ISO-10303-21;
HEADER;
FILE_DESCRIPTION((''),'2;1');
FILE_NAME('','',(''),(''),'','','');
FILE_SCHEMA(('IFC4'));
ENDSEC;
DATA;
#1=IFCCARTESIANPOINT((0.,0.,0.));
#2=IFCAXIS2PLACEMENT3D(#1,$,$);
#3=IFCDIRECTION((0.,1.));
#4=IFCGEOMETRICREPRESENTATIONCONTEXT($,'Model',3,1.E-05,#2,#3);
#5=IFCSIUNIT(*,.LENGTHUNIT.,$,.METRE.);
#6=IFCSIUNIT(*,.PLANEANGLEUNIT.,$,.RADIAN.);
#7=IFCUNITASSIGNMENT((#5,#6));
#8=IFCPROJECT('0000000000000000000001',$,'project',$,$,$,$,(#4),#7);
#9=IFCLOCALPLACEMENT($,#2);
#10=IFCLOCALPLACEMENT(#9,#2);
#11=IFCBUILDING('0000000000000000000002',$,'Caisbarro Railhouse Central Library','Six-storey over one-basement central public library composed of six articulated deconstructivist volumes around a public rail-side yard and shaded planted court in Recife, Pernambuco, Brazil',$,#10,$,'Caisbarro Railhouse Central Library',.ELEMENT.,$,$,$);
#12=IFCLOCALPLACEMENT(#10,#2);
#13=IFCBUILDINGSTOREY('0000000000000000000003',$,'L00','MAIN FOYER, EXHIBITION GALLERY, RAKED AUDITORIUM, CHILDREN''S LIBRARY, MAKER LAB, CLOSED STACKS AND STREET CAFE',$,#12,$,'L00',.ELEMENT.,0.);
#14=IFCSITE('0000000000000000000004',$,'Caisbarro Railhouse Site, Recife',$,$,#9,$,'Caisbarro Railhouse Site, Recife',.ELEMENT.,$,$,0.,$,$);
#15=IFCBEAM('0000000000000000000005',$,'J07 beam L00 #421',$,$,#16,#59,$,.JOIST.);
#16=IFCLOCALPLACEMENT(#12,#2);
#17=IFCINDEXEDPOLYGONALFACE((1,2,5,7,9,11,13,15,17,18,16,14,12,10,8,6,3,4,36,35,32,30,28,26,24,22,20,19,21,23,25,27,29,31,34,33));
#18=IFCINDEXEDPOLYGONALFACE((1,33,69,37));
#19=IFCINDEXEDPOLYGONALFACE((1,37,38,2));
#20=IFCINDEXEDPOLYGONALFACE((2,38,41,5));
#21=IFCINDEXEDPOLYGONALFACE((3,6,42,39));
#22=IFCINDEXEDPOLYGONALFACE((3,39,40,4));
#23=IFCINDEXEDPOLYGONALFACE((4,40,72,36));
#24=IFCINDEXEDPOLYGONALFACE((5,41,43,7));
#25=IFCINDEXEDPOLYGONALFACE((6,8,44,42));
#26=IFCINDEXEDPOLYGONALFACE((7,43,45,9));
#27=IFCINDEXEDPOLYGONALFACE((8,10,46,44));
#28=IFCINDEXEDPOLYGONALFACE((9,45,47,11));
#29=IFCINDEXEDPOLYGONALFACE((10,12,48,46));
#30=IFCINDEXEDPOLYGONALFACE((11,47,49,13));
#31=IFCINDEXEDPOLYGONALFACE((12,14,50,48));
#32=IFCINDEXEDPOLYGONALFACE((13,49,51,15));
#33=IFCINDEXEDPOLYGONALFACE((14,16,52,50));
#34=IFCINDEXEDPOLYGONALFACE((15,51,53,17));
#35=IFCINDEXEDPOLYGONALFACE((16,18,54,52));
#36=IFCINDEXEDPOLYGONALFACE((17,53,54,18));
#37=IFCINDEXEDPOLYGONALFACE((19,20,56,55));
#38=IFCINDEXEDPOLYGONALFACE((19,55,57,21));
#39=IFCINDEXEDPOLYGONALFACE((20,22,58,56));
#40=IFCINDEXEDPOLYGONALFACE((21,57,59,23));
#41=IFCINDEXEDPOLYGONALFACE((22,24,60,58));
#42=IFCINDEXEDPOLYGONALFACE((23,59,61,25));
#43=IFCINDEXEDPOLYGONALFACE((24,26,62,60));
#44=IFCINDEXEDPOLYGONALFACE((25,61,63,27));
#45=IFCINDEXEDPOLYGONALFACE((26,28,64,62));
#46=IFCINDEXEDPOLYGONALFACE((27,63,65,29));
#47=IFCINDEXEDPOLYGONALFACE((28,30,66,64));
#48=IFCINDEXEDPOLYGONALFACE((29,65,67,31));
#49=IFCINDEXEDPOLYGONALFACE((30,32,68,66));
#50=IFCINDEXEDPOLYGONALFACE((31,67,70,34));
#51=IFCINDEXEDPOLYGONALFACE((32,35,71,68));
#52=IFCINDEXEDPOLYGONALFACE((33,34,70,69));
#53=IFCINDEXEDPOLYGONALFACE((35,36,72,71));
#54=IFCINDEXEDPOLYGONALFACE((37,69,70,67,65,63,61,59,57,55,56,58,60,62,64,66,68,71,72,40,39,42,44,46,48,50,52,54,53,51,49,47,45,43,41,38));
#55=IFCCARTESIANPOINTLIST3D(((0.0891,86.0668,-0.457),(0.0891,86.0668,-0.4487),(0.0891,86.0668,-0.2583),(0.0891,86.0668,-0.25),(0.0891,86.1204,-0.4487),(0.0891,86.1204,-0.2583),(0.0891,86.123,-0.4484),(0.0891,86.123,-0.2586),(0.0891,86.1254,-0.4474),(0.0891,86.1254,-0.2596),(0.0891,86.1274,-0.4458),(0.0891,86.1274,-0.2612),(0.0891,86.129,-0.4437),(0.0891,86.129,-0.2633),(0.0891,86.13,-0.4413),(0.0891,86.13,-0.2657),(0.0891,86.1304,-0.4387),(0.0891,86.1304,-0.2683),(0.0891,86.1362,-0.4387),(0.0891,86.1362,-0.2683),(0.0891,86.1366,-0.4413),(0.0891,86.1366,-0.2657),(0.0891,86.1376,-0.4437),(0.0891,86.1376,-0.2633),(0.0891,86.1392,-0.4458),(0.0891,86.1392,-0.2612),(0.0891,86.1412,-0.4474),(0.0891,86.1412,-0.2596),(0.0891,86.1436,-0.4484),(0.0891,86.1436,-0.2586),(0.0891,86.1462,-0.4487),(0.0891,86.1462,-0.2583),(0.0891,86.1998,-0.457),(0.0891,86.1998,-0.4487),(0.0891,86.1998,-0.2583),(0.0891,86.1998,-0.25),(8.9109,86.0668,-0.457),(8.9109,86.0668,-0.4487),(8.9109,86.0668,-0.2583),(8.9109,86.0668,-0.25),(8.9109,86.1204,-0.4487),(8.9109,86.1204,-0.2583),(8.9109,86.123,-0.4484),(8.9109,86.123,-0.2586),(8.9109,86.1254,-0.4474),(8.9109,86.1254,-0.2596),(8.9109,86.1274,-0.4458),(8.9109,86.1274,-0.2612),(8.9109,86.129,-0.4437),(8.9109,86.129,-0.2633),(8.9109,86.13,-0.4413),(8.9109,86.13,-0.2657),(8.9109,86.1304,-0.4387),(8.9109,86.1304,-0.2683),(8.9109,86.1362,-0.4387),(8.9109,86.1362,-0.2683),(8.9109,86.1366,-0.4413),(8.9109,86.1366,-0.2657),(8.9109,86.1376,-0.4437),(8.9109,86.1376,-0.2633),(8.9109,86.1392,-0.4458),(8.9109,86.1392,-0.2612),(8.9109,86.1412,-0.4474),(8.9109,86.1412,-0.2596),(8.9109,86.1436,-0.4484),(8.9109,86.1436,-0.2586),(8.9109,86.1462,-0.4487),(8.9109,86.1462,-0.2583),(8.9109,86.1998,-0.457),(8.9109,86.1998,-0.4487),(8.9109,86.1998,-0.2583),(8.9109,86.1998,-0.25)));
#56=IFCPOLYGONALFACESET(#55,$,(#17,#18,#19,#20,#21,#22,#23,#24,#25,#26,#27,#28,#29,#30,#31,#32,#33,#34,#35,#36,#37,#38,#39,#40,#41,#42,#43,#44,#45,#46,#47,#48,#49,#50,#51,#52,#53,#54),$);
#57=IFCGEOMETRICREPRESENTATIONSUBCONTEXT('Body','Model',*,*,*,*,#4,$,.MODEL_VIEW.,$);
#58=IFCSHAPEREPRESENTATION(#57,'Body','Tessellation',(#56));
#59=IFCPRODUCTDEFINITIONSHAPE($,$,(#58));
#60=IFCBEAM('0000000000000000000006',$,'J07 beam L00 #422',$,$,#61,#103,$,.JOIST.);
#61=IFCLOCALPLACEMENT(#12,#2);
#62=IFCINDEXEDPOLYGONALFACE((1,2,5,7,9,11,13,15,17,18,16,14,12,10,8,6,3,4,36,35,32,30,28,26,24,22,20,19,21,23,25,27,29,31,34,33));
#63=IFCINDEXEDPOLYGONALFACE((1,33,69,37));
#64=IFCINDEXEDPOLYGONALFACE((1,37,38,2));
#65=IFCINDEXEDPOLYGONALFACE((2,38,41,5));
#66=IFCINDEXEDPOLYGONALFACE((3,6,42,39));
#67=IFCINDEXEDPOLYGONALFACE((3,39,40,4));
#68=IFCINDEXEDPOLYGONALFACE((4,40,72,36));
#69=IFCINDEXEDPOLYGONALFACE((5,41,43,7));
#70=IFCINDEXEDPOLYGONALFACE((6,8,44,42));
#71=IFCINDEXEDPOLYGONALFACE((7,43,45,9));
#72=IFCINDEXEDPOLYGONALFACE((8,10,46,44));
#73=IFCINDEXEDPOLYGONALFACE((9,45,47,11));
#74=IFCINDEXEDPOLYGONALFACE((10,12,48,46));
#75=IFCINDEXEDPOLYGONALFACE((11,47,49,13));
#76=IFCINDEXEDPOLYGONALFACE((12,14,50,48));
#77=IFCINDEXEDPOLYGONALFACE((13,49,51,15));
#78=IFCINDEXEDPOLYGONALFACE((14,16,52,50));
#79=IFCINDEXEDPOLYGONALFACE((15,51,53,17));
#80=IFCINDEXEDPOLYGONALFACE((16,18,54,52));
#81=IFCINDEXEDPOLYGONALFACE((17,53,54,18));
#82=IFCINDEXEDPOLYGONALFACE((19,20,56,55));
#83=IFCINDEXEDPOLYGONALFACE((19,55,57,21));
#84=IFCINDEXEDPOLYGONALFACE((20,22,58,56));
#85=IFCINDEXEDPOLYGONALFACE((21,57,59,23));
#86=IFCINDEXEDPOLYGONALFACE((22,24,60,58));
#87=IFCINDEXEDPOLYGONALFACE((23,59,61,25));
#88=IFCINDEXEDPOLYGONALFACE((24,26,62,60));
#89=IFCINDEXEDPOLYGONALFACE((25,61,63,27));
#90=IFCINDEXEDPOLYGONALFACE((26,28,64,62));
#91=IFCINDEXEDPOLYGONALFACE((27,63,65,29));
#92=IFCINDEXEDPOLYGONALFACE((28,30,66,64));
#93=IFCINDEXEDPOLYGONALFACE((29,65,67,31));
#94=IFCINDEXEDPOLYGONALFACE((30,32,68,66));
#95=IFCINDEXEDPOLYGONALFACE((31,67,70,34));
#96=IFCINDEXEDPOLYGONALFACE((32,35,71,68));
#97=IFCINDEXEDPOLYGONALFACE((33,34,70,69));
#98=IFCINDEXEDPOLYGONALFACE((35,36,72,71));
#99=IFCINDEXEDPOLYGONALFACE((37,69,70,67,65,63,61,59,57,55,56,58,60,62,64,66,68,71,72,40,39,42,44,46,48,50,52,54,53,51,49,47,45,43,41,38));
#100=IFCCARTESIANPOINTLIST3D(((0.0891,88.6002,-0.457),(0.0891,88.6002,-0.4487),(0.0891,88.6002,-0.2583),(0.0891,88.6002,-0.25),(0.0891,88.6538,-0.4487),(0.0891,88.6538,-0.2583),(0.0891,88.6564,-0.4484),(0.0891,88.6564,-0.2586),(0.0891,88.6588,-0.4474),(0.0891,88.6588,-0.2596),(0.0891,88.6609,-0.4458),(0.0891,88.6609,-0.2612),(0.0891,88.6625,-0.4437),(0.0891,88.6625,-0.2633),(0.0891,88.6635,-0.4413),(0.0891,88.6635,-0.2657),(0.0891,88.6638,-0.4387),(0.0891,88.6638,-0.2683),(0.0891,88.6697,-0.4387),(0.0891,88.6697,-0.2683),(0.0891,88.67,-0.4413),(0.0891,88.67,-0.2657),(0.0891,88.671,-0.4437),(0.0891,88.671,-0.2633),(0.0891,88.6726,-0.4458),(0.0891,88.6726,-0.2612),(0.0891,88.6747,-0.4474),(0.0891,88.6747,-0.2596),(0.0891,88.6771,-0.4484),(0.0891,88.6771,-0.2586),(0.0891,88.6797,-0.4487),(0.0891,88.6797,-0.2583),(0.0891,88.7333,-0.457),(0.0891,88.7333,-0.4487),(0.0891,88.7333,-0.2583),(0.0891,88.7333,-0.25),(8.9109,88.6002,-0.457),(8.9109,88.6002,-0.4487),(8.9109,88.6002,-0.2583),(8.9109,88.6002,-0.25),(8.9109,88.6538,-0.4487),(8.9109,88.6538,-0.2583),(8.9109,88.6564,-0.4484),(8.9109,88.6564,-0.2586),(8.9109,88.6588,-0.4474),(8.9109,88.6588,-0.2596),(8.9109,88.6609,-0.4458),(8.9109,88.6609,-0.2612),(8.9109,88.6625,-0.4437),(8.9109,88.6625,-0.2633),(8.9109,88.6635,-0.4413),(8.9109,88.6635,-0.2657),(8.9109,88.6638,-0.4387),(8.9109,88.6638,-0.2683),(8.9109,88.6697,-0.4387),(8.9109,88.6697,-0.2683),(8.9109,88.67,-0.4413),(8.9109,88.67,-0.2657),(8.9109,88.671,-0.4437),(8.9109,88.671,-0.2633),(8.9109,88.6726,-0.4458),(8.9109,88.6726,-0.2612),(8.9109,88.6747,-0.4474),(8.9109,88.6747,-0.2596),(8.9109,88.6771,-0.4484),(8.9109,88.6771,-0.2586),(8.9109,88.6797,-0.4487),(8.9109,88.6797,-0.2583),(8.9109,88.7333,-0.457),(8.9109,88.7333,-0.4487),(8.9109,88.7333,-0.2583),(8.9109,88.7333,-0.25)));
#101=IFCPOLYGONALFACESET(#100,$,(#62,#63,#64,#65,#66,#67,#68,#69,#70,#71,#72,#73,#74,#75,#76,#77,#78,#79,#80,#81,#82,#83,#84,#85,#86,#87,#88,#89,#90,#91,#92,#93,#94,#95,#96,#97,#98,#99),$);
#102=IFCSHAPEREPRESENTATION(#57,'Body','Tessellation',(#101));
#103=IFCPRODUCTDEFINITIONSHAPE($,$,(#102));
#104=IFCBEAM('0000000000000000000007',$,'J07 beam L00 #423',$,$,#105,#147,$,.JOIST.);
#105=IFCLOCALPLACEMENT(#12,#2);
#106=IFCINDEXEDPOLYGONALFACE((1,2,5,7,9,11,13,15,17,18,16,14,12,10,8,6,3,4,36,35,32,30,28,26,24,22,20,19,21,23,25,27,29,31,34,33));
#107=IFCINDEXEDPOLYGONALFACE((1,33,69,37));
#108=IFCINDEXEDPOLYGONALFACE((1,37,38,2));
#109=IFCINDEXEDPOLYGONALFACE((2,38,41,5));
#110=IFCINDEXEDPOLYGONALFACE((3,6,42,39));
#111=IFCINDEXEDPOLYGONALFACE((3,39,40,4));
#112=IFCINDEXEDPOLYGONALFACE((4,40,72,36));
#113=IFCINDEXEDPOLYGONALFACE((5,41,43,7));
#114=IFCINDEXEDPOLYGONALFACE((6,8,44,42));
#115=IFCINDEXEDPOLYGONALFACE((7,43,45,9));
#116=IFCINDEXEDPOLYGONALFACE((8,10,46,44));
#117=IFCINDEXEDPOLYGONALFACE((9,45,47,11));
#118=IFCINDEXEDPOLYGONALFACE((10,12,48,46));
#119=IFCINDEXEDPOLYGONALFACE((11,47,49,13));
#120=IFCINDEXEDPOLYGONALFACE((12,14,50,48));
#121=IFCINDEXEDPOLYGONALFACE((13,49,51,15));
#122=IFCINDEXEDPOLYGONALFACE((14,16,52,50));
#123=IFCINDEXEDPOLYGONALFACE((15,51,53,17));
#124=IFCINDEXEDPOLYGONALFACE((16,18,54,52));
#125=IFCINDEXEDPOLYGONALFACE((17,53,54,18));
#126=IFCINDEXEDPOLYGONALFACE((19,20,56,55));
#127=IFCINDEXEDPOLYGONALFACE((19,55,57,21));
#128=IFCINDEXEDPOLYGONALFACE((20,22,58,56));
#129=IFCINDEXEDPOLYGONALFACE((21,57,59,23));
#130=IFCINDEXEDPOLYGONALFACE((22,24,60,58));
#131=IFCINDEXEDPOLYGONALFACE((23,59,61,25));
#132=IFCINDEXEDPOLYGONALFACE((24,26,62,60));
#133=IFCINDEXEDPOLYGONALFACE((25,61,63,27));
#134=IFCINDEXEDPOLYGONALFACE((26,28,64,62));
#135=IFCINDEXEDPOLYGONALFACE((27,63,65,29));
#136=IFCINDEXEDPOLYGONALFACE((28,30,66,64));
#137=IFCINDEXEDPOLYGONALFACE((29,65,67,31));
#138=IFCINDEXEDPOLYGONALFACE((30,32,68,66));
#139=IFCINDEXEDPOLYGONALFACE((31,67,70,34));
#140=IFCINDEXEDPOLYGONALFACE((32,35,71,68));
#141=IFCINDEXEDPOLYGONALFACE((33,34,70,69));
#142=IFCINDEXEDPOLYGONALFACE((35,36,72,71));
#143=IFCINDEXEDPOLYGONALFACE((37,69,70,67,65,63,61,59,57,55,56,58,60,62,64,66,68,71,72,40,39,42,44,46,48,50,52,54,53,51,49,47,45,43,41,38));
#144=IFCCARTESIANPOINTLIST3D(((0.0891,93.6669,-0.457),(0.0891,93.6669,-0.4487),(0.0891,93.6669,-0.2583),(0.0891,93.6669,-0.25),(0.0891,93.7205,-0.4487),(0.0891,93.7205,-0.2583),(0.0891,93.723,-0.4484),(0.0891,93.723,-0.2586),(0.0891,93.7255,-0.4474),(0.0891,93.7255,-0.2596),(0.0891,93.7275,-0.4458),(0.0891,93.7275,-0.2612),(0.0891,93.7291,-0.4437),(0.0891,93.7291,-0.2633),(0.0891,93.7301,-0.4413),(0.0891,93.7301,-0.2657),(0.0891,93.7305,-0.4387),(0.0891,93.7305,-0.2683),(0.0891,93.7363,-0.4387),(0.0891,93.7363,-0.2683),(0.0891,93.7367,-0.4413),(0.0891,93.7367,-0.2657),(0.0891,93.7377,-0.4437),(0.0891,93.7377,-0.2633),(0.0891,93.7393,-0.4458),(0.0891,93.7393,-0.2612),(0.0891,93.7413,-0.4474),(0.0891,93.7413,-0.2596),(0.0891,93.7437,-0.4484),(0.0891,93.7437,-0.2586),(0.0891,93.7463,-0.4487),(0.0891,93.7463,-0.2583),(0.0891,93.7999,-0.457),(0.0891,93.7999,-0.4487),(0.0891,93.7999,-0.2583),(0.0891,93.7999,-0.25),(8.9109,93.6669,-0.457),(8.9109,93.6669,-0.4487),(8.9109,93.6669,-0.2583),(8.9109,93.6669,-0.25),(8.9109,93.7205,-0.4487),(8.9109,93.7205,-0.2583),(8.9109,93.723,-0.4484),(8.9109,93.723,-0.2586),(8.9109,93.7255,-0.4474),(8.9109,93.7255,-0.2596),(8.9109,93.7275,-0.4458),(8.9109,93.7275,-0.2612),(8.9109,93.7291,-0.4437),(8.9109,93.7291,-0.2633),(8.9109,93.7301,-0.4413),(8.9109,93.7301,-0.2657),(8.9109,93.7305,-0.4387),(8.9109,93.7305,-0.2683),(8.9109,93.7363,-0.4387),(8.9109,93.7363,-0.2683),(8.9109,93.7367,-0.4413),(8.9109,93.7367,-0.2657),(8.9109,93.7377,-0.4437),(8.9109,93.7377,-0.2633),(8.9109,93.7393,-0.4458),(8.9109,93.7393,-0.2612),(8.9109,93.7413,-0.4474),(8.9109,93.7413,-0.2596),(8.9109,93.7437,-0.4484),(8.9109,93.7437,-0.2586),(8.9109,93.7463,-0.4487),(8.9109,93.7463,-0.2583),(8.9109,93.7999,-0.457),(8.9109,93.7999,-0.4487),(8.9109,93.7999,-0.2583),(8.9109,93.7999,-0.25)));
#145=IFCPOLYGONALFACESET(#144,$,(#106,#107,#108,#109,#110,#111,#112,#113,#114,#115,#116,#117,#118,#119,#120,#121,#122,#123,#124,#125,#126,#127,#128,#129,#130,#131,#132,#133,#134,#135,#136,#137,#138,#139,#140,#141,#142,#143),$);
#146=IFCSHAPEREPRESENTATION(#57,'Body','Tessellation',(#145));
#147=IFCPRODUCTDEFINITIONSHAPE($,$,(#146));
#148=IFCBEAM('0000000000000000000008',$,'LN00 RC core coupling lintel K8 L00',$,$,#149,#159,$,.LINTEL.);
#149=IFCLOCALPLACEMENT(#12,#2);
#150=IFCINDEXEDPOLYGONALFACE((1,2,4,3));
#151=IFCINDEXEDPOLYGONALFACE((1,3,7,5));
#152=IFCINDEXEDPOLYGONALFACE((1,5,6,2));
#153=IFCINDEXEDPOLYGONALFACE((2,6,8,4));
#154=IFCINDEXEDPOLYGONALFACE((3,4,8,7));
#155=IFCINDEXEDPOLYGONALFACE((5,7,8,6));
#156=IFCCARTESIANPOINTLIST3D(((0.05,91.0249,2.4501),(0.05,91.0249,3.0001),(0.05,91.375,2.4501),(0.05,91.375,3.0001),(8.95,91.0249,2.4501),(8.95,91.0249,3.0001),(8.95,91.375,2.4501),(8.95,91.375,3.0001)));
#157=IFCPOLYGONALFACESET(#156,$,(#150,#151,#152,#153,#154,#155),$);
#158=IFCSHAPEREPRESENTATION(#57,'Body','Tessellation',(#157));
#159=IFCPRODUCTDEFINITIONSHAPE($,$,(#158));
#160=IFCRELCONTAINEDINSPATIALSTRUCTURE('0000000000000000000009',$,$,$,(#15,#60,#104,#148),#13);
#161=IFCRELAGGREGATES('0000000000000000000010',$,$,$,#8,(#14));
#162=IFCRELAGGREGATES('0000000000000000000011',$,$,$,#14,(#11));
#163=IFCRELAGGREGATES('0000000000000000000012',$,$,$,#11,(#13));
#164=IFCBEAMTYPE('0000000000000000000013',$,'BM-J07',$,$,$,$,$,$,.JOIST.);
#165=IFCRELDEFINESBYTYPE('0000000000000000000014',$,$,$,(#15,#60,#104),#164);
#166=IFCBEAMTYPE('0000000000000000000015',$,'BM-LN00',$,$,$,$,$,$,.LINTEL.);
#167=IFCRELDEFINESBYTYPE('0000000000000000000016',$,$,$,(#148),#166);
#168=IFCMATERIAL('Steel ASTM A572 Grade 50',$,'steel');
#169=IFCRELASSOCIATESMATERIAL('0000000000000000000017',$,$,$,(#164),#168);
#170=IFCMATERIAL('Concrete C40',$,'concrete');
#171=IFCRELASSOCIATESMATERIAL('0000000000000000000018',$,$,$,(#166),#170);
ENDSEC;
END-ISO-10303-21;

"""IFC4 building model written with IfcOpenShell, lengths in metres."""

from ifc_helpers import new_model, si_unit, direction, frame, origin, origin_2d, place, context, subcontext, project, spatial, rectangle, i_section, extrude, material, material_profile, profile_set, type_object, element, save


model = new_model("IFC4")

# Units and contexts
model_context = context("Model", 3, precision=1e-05, world=origin(), true_north=direction((0.0, 1.0)))
body_context = subcontext(model_context, "Body", "Model", "MODEL_VIEW")
ifc_project = project(units=[si_unit("LENGTHUNIT", "METRE"), si_unit("PLANEANGLEUNIT", "RADIAN")], contexts=[model_context])

# Site, building, storey
site_placement = place(None, origin())
site = spatial("IfcSite", under=ifc_project, at=site_placement, Name="Caisbarro Railhouse Site, Recife", LongName="Caisbarro Railhouse Site, Recife", CompositionType="ELEMENT", RefElevation=0.0)
building_placement = place(site_placement, origin())
building = spatial("IfcBuilding", under=site, at=building_placement, Name="Caisbarro Railhouse Central Library", Description="Six-storey over one-basement central public library composed of six articulated deconstructivist volumes around a public rail-side yard and shaded planted court in Recife, Pernambuco, Brazil", LongName="Caisbarro Railhouse Central Library", CompositionType="ELEMENT")
storey_placement = place(building_placement, origin())
storey = spatial("IfcBuildingStorey", under=building, at=storey_placement, Name="L00", Description="MAIN FOYER, EXHIBITION GALLERY, RAKED AUDITORIUM, CHILDREN'S LIBRARY, MAKER LAB, CLOSED STACKS AND STREET CAFE", LongName="L00", CompositionType="ELEMENT", Elevation=0.0)

# Shared definitions
ifc_material_1 = material(Name="Steel ASTM A572 Grade 50", Category="steel")

# Beams
ifc_material_profile_1 = material_profile(ifc_material_1, i_section(OverallWidth=0.1331, OverallDepth=0.207, WebThickness=0.0059, FlangeThickness=0.0083, FilletRadius=0.01, at=origin_2d()), Name="W200X26.6")
ifc_profile_set_1 = profile_set([ifc_material_profile_1], Name="Steel ASTM A572 Grade 50")
beam_type_1 = type_object("IfcBeamType", Name="BM-J07", PredefinedType="JOIST", material=ifc_profile_set_1)
for number, where, z_axis, x_axis, name in (
    (1, (0.0891, 86.1333, -0.3535), (1.0, 0.0, 0.0), (0.0, 1.0, 0.0), "J07 beam L00 #421"),
    (2, (0.0891, 88.6667, -0.3535), (1.0, 0.0, 0.0), (0.0, 1.0, 0.0), "J07 beam L00 #422"),
    (3, (0.0891, 93.7334, -0.3535), (1.0, 0.0, 0.0), (0.0, 1.0, 0.0), "J07 beam L00 #423"),
):
    element("IfcBeam", number, at=place(storey_placement, frame(where, z_axis=z_axis, x_axis=x_axis)), inside=storey, type_object=beam_type_1, Name=name, PredefinedType="JOIST", context=body_context, shape_type="SweptSolid", body=[
        extrude(i_section(OverallWidth=0.1331, OverallDepth=0.207, WebThickness=0.0059, FlangeThickness=0.0083, FilletRadius=0.01, at=origin_2d()), origin(), (0.0, 0.0, 1.0), 8.8218),
    ])
ifc_material_2 = material(Name="Concrete C40", Category="concrete")
ifc_material_profile_2 = material_profile(ifc_material_2, rectangle(XDim=0.3501, YDim=0.55, at=origin_2d()), Name="RC-LIN-350X550")
ifc_profile_set_2 = profile_set([ifc_material_profile_2], Name="Concrete C40")
beam_type_2 = type_object("IfcBeamType", Name="BM-LN00", PredefinedType="LINTEL", material=ifc_profile_set_2)
beam_1_placement = place(storey_placement, frame((0.05, 91.2, 2.7251), z_axis=(1.0, 0.0, 0.0), x_axis=(0.0, 1.0, 0.0)))
element("IfcBeam", 4, at=beam_1_placement, inside=storey, type_object=beam_type_2, Name="LN00 RC core coupling lintel K8 L00", PredefinedType="LINTEL", context=body_context, shape_type="SweptSolid", body=[
    extrude(rectangle(XDim=0.3501, YDim=0.55, at=origin_2d()), origin(), (0.0, 0.0, 1.0), 8.8999),
])

save(model, "model.ifc")
